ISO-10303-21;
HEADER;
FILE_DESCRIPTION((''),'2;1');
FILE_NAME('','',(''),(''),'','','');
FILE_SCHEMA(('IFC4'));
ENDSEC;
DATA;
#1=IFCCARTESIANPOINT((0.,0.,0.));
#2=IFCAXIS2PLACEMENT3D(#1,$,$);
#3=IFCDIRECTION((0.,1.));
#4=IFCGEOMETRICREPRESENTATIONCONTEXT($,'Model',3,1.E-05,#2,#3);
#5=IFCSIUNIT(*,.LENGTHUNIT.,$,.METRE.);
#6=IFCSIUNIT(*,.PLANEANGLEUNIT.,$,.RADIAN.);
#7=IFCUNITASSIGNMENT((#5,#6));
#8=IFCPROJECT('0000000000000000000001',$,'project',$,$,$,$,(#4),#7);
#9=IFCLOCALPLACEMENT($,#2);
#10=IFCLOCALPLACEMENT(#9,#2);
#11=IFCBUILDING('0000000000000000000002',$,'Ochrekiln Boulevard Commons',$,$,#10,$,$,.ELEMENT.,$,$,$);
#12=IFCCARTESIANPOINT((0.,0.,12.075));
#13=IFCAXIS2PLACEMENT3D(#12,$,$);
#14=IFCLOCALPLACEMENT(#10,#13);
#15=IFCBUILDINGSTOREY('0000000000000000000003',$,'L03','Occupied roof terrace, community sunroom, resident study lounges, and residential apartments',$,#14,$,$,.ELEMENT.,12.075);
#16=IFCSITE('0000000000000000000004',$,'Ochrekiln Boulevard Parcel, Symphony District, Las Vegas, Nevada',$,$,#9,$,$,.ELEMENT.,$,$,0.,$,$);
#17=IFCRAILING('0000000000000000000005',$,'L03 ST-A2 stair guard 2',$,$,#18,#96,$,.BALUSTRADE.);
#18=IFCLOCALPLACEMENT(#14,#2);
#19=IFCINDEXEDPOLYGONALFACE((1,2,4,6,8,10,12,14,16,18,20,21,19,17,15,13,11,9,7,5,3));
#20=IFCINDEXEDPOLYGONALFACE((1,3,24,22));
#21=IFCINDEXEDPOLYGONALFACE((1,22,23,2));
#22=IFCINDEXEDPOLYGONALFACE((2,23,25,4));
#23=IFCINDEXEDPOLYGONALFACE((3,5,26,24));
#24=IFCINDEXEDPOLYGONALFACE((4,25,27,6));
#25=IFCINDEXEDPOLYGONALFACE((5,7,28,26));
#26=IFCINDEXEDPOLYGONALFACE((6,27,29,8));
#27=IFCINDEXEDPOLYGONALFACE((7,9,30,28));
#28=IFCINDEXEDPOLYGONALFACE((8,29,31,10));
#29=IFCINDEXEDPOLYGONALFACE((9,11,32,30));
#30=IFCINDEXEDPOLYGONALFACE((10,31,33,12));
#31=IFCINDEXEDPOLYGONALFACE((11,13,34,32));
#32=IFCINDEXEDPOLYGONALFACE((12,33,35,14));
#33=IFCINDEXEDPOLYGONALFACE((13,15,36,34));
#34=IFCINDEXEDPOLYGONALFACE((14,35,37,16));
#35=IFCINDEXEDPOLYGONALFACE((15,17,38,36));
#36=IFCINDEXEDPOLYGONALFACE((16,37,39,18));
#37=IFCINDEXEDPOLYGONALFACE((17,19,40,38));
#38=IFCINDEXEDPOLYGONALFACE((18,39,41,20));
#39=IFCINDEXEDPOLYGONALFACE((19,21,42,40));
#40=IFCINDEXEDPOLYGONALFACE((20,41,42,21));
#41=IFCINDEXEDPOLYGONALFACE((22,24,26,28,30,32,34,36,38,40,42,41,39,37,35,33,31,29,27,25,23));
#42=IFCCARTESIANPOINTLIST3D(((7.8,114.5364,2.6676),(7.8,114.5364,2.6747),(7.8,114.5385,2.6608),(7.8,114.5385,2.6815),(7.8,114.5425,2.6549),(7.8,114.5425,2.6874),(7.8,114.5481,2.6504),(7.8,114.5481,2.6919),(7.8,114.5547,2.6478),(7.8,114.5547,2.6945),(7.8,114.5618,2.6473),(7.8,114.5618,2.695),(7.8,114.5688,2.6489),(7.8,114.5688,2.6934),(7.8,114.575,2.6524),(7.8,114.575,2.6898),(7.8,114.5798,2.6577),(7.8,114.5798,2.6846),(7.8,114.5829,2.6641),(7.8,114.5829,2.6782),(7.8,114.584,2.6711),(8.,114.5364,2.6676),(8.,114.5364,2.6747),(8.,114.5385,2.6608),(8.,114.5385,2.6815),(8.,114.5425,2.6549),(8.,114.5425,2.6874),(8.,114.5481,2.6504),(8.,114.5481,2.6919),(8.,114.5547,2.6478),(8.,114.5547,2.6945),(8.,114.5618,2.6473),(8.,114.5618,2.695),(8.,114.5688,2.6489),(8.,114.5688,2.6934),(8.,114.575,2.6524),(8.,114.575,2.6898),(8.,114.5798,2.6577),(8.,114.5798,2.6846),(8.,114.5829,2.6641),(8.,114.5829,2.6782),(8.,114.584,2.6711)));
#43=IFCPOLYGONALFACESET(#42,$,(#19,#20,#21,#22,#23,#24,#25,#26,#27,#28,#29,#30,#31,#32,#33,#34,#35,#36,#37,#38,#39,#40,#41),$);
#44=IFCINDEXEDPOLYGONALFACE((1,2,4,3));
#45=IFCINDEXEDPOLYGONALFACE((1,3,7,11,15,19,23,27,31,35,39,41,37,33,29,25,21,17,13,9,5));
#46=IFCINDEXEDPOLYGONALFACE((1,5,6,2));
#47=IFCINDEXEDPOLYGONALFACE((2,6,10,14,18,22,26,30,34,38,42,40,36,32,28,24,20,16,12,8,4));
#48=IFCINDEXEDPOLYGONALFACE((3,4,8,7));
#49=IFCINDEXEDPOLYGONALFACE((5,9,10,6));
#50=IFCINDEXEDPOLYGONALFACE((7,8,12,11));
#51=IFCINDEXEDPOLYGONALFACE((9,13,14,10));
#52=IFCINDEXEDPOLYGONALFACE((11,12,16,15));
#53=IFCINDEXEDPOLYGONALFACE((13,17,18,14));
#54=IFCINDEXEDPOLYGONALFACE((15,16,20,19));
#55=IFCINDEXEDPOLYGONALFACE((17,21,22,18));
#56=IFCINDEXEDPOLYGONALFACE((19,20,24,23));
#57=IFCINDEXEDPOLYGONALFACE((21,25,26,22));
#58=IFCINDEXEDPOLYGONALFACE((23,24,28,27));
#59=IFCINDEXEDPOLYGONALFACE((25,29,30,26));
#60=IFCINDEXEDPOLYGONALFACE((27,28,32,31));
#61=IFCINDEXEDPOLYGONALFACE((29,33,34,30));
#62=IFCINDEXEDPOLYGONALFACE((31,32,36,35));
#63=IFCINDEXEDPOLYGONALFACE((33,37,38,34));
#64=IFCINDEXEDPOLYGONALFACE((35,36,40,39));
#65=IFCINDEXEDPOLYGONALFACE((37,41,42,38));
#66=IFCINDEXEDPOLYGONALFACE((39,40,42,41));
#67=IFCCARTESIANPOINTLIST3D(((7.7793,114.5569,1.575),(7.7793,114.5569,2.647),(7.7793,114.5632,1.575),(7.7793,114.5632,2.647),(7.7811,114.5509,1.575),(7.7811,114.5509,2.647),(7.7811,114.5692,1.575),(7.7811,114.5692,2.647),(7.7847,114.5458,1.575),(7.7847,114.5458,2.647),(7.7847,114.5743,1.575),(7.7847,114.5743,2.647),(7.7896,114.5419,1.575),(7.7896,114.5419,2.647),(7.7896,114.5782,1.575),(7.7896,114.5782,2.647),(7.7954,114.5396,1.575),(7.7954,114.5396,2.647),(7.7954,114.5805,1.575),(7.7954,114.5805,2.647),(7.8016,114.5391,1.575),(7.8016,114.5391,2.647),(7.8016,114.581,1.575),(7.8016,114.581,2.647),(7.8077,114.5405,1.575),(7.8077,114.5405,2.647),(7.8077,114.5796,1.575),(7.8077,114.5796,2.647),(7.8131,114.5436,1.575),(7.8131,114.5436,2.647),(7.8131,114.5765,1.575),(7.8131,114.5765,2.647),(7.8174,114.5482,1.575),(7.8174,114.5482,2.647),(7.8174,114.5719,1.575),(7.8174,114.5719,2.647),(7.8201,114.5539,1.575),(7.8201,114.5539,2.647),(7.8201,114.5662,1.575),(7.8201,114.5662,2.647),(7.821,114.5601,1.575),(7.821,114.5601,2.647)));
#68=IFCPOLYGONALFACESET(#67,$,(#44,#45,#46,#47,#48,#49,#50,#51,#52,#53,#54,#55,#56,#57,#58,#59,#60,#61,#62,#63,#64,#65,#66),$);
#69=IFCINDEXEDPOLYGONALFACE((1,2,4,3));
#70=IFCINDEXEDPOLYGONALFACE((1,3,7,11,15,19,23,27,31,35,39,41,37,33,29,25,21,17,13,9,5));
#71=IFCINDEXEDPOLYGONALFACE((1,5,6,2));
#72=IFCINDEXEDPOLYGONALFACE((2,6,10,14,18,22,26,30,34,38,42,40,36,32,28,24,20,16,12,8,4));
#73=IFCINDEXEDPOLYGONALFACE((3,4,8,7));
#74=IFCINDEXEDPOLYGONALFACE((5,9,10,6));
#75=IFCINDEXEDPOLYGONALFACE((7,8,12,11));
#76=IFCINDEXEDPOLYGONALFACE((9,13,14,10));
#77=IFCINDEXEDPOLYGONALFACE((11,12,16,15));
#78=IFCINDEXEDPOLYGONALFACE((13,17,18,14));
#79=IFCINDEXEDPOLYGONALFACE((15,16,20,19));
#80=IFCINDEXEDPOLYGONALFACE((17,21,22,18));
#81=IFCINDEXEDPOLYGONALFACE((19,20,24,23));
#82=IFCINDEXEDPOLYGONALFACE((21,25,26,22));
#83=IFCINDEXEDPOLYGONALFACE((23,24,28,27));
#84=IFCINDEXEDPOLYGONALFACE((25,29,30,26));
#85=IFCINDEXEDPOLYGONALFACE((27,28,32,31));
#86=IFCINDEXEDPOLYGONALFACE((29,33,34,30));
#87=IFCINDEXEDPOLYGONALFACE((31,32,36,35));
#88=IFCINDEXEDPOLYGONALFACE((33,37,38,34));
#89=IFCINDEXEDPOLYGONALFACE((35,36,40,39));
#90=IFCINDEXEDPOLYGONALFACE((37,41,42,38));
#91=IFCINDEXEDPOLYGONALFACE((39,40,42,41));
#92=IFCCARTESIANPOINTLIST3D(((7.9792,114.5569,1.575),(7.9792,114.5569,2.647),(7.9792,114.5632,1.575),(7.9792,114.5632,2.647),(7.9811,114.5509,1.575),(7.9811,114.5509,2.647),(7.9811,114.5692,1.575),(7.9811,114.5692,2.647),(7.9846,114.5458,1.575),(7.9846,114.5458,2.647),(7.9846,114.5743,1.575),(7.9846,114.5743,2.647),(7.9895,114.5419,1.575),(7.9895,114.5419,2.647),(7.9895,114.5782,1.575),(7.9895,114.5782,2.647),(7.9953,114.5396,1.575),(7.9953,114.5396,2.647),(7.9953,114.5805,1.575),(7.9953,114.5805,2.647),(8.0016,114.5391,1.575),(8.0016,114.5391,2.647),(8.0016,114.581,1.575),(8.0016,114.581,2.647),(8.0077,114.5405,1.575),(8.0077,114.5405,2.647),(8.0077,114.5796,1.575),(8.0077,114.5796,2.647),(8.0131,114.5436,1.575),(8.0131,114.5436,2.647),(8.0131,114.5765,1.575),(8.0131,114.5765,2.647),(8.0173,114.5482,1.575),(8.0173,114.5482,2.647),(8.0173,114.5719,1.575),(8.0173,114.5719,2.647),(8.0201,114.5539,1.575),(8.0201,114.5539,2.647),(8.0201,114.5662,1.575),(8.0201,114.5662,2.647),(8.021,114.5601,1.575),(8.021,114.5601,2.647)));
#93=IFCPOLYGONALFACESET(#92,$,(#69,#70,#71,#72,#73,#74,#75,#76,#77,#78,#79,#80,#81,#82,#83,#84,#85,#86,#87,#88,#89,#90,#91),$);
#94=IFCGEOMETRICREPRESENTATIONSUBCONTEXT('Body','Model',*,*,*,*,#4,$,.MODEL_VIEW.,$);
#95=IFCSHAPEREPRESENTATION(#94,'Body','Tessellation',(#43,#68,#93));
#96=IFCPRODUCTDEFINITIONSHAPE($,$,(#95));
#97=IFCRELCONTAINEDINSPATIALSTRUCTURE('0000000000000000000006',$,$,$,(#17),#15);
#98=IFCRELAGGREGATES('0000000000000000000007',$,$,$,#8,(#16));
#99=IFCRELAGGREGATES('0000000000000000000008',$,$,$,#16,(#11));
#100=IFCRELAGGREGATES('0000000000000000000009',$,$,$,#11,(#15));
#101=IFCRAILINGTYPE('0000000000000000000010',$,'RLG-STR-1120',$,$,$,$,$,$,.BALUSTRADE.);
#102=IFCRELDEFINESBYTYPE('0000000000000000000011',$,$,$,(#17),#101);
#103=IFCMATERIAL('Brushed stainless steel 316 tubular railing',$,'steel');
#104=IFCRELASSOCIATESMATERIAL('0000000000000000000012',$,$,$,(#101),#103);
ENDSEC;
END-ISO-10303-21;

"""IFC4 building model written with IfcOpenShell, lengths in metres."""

from ifc_helpers import new_model, si_unit, direction, frame, origin, origin_2d, place, context, subcontext, project, spatial, circle, extrude, material, type_object, element, save


model = new_model("IFC4")

# Units and contexts
model_context = context("Model", 3, precision=1e-05, world=origin(), true_north=direction((0.0, 1.0)))
body_context = subcontext(model_context, "Body", "Model", "MODEL_VIEW")
ifc_project = project(units=[si_unit("LENGTHUNIT", "METRE"), si_unit("PLANEANGLEUNIT", "RADIAN")], contexts=[model_context])

# Site, building, storey
site_placement = place(None, origin())
site = spatial("IfcSite", under=ifc_project, at=site_placement, Name="Ochrekiln Boulevard Parcel, Symphony District, Las Vegas, Nevada", CompositionType="ELEMENT", RefElevation=0.0)
building_placement = place(site_placement, origin())
building = spatial("IfcBuilding", under=site, at=building_placement, Name="Ochrekiln Boulevard Commons", CompositionType="ELEMENT")
storey_placement = place(building_placement, frame((0.0, 0.0, 12.075)))
storey = spatial("IfcBuildingStorey", under=building, at=storey_placement, Name="L03", Description="Occupied roof terrace, community sunroom, resident study lounges, and residential apartments", CompositionType="ELEMENT", Elevation=12.075)

# Railing
ifc_material_1 = material(Name="Brushed stainless steel 316 tubular railing", Category="steel")
railing_type_1 = type_object("IfcRailingType", Name="RLG-STR-1120", PredefinedType="BALUSTRADE", material=ifc_material_1)
railing_1_placement = place(storey_placement, frame((7.8, 114.5601, 1.575)))
element("IfcRailing", 1, at=railing_1_placement, inside=storey, type_object=railing_type_1, Name="L03 ST-A2 stair guard 2", PredefinedType="BALUSTRADE", context=body_context, shape_type="SweptSolid", body=[
    extrude(circle(Radius=0.0239, at=origin_2d()), frame((0.0, 0.0, 1.0962), z_axis=(1.0, 0.0, 0.0), x_axis=(0.0, 1.0, 0.0)), (0.0, 0.0, 1.0), 0.2),
    extrude(circle(Radius=0.021, at=origin_2d()), origin(), (0.0, 0.0, 1.0), 1.072),
    extrude(circle(Radius=0.021, at=origin_2d()), frame((0.2, 0.0, 0.0)), (0.0, 0.0, 1.0), 1.072),
])

save(model, "model.ifc")
